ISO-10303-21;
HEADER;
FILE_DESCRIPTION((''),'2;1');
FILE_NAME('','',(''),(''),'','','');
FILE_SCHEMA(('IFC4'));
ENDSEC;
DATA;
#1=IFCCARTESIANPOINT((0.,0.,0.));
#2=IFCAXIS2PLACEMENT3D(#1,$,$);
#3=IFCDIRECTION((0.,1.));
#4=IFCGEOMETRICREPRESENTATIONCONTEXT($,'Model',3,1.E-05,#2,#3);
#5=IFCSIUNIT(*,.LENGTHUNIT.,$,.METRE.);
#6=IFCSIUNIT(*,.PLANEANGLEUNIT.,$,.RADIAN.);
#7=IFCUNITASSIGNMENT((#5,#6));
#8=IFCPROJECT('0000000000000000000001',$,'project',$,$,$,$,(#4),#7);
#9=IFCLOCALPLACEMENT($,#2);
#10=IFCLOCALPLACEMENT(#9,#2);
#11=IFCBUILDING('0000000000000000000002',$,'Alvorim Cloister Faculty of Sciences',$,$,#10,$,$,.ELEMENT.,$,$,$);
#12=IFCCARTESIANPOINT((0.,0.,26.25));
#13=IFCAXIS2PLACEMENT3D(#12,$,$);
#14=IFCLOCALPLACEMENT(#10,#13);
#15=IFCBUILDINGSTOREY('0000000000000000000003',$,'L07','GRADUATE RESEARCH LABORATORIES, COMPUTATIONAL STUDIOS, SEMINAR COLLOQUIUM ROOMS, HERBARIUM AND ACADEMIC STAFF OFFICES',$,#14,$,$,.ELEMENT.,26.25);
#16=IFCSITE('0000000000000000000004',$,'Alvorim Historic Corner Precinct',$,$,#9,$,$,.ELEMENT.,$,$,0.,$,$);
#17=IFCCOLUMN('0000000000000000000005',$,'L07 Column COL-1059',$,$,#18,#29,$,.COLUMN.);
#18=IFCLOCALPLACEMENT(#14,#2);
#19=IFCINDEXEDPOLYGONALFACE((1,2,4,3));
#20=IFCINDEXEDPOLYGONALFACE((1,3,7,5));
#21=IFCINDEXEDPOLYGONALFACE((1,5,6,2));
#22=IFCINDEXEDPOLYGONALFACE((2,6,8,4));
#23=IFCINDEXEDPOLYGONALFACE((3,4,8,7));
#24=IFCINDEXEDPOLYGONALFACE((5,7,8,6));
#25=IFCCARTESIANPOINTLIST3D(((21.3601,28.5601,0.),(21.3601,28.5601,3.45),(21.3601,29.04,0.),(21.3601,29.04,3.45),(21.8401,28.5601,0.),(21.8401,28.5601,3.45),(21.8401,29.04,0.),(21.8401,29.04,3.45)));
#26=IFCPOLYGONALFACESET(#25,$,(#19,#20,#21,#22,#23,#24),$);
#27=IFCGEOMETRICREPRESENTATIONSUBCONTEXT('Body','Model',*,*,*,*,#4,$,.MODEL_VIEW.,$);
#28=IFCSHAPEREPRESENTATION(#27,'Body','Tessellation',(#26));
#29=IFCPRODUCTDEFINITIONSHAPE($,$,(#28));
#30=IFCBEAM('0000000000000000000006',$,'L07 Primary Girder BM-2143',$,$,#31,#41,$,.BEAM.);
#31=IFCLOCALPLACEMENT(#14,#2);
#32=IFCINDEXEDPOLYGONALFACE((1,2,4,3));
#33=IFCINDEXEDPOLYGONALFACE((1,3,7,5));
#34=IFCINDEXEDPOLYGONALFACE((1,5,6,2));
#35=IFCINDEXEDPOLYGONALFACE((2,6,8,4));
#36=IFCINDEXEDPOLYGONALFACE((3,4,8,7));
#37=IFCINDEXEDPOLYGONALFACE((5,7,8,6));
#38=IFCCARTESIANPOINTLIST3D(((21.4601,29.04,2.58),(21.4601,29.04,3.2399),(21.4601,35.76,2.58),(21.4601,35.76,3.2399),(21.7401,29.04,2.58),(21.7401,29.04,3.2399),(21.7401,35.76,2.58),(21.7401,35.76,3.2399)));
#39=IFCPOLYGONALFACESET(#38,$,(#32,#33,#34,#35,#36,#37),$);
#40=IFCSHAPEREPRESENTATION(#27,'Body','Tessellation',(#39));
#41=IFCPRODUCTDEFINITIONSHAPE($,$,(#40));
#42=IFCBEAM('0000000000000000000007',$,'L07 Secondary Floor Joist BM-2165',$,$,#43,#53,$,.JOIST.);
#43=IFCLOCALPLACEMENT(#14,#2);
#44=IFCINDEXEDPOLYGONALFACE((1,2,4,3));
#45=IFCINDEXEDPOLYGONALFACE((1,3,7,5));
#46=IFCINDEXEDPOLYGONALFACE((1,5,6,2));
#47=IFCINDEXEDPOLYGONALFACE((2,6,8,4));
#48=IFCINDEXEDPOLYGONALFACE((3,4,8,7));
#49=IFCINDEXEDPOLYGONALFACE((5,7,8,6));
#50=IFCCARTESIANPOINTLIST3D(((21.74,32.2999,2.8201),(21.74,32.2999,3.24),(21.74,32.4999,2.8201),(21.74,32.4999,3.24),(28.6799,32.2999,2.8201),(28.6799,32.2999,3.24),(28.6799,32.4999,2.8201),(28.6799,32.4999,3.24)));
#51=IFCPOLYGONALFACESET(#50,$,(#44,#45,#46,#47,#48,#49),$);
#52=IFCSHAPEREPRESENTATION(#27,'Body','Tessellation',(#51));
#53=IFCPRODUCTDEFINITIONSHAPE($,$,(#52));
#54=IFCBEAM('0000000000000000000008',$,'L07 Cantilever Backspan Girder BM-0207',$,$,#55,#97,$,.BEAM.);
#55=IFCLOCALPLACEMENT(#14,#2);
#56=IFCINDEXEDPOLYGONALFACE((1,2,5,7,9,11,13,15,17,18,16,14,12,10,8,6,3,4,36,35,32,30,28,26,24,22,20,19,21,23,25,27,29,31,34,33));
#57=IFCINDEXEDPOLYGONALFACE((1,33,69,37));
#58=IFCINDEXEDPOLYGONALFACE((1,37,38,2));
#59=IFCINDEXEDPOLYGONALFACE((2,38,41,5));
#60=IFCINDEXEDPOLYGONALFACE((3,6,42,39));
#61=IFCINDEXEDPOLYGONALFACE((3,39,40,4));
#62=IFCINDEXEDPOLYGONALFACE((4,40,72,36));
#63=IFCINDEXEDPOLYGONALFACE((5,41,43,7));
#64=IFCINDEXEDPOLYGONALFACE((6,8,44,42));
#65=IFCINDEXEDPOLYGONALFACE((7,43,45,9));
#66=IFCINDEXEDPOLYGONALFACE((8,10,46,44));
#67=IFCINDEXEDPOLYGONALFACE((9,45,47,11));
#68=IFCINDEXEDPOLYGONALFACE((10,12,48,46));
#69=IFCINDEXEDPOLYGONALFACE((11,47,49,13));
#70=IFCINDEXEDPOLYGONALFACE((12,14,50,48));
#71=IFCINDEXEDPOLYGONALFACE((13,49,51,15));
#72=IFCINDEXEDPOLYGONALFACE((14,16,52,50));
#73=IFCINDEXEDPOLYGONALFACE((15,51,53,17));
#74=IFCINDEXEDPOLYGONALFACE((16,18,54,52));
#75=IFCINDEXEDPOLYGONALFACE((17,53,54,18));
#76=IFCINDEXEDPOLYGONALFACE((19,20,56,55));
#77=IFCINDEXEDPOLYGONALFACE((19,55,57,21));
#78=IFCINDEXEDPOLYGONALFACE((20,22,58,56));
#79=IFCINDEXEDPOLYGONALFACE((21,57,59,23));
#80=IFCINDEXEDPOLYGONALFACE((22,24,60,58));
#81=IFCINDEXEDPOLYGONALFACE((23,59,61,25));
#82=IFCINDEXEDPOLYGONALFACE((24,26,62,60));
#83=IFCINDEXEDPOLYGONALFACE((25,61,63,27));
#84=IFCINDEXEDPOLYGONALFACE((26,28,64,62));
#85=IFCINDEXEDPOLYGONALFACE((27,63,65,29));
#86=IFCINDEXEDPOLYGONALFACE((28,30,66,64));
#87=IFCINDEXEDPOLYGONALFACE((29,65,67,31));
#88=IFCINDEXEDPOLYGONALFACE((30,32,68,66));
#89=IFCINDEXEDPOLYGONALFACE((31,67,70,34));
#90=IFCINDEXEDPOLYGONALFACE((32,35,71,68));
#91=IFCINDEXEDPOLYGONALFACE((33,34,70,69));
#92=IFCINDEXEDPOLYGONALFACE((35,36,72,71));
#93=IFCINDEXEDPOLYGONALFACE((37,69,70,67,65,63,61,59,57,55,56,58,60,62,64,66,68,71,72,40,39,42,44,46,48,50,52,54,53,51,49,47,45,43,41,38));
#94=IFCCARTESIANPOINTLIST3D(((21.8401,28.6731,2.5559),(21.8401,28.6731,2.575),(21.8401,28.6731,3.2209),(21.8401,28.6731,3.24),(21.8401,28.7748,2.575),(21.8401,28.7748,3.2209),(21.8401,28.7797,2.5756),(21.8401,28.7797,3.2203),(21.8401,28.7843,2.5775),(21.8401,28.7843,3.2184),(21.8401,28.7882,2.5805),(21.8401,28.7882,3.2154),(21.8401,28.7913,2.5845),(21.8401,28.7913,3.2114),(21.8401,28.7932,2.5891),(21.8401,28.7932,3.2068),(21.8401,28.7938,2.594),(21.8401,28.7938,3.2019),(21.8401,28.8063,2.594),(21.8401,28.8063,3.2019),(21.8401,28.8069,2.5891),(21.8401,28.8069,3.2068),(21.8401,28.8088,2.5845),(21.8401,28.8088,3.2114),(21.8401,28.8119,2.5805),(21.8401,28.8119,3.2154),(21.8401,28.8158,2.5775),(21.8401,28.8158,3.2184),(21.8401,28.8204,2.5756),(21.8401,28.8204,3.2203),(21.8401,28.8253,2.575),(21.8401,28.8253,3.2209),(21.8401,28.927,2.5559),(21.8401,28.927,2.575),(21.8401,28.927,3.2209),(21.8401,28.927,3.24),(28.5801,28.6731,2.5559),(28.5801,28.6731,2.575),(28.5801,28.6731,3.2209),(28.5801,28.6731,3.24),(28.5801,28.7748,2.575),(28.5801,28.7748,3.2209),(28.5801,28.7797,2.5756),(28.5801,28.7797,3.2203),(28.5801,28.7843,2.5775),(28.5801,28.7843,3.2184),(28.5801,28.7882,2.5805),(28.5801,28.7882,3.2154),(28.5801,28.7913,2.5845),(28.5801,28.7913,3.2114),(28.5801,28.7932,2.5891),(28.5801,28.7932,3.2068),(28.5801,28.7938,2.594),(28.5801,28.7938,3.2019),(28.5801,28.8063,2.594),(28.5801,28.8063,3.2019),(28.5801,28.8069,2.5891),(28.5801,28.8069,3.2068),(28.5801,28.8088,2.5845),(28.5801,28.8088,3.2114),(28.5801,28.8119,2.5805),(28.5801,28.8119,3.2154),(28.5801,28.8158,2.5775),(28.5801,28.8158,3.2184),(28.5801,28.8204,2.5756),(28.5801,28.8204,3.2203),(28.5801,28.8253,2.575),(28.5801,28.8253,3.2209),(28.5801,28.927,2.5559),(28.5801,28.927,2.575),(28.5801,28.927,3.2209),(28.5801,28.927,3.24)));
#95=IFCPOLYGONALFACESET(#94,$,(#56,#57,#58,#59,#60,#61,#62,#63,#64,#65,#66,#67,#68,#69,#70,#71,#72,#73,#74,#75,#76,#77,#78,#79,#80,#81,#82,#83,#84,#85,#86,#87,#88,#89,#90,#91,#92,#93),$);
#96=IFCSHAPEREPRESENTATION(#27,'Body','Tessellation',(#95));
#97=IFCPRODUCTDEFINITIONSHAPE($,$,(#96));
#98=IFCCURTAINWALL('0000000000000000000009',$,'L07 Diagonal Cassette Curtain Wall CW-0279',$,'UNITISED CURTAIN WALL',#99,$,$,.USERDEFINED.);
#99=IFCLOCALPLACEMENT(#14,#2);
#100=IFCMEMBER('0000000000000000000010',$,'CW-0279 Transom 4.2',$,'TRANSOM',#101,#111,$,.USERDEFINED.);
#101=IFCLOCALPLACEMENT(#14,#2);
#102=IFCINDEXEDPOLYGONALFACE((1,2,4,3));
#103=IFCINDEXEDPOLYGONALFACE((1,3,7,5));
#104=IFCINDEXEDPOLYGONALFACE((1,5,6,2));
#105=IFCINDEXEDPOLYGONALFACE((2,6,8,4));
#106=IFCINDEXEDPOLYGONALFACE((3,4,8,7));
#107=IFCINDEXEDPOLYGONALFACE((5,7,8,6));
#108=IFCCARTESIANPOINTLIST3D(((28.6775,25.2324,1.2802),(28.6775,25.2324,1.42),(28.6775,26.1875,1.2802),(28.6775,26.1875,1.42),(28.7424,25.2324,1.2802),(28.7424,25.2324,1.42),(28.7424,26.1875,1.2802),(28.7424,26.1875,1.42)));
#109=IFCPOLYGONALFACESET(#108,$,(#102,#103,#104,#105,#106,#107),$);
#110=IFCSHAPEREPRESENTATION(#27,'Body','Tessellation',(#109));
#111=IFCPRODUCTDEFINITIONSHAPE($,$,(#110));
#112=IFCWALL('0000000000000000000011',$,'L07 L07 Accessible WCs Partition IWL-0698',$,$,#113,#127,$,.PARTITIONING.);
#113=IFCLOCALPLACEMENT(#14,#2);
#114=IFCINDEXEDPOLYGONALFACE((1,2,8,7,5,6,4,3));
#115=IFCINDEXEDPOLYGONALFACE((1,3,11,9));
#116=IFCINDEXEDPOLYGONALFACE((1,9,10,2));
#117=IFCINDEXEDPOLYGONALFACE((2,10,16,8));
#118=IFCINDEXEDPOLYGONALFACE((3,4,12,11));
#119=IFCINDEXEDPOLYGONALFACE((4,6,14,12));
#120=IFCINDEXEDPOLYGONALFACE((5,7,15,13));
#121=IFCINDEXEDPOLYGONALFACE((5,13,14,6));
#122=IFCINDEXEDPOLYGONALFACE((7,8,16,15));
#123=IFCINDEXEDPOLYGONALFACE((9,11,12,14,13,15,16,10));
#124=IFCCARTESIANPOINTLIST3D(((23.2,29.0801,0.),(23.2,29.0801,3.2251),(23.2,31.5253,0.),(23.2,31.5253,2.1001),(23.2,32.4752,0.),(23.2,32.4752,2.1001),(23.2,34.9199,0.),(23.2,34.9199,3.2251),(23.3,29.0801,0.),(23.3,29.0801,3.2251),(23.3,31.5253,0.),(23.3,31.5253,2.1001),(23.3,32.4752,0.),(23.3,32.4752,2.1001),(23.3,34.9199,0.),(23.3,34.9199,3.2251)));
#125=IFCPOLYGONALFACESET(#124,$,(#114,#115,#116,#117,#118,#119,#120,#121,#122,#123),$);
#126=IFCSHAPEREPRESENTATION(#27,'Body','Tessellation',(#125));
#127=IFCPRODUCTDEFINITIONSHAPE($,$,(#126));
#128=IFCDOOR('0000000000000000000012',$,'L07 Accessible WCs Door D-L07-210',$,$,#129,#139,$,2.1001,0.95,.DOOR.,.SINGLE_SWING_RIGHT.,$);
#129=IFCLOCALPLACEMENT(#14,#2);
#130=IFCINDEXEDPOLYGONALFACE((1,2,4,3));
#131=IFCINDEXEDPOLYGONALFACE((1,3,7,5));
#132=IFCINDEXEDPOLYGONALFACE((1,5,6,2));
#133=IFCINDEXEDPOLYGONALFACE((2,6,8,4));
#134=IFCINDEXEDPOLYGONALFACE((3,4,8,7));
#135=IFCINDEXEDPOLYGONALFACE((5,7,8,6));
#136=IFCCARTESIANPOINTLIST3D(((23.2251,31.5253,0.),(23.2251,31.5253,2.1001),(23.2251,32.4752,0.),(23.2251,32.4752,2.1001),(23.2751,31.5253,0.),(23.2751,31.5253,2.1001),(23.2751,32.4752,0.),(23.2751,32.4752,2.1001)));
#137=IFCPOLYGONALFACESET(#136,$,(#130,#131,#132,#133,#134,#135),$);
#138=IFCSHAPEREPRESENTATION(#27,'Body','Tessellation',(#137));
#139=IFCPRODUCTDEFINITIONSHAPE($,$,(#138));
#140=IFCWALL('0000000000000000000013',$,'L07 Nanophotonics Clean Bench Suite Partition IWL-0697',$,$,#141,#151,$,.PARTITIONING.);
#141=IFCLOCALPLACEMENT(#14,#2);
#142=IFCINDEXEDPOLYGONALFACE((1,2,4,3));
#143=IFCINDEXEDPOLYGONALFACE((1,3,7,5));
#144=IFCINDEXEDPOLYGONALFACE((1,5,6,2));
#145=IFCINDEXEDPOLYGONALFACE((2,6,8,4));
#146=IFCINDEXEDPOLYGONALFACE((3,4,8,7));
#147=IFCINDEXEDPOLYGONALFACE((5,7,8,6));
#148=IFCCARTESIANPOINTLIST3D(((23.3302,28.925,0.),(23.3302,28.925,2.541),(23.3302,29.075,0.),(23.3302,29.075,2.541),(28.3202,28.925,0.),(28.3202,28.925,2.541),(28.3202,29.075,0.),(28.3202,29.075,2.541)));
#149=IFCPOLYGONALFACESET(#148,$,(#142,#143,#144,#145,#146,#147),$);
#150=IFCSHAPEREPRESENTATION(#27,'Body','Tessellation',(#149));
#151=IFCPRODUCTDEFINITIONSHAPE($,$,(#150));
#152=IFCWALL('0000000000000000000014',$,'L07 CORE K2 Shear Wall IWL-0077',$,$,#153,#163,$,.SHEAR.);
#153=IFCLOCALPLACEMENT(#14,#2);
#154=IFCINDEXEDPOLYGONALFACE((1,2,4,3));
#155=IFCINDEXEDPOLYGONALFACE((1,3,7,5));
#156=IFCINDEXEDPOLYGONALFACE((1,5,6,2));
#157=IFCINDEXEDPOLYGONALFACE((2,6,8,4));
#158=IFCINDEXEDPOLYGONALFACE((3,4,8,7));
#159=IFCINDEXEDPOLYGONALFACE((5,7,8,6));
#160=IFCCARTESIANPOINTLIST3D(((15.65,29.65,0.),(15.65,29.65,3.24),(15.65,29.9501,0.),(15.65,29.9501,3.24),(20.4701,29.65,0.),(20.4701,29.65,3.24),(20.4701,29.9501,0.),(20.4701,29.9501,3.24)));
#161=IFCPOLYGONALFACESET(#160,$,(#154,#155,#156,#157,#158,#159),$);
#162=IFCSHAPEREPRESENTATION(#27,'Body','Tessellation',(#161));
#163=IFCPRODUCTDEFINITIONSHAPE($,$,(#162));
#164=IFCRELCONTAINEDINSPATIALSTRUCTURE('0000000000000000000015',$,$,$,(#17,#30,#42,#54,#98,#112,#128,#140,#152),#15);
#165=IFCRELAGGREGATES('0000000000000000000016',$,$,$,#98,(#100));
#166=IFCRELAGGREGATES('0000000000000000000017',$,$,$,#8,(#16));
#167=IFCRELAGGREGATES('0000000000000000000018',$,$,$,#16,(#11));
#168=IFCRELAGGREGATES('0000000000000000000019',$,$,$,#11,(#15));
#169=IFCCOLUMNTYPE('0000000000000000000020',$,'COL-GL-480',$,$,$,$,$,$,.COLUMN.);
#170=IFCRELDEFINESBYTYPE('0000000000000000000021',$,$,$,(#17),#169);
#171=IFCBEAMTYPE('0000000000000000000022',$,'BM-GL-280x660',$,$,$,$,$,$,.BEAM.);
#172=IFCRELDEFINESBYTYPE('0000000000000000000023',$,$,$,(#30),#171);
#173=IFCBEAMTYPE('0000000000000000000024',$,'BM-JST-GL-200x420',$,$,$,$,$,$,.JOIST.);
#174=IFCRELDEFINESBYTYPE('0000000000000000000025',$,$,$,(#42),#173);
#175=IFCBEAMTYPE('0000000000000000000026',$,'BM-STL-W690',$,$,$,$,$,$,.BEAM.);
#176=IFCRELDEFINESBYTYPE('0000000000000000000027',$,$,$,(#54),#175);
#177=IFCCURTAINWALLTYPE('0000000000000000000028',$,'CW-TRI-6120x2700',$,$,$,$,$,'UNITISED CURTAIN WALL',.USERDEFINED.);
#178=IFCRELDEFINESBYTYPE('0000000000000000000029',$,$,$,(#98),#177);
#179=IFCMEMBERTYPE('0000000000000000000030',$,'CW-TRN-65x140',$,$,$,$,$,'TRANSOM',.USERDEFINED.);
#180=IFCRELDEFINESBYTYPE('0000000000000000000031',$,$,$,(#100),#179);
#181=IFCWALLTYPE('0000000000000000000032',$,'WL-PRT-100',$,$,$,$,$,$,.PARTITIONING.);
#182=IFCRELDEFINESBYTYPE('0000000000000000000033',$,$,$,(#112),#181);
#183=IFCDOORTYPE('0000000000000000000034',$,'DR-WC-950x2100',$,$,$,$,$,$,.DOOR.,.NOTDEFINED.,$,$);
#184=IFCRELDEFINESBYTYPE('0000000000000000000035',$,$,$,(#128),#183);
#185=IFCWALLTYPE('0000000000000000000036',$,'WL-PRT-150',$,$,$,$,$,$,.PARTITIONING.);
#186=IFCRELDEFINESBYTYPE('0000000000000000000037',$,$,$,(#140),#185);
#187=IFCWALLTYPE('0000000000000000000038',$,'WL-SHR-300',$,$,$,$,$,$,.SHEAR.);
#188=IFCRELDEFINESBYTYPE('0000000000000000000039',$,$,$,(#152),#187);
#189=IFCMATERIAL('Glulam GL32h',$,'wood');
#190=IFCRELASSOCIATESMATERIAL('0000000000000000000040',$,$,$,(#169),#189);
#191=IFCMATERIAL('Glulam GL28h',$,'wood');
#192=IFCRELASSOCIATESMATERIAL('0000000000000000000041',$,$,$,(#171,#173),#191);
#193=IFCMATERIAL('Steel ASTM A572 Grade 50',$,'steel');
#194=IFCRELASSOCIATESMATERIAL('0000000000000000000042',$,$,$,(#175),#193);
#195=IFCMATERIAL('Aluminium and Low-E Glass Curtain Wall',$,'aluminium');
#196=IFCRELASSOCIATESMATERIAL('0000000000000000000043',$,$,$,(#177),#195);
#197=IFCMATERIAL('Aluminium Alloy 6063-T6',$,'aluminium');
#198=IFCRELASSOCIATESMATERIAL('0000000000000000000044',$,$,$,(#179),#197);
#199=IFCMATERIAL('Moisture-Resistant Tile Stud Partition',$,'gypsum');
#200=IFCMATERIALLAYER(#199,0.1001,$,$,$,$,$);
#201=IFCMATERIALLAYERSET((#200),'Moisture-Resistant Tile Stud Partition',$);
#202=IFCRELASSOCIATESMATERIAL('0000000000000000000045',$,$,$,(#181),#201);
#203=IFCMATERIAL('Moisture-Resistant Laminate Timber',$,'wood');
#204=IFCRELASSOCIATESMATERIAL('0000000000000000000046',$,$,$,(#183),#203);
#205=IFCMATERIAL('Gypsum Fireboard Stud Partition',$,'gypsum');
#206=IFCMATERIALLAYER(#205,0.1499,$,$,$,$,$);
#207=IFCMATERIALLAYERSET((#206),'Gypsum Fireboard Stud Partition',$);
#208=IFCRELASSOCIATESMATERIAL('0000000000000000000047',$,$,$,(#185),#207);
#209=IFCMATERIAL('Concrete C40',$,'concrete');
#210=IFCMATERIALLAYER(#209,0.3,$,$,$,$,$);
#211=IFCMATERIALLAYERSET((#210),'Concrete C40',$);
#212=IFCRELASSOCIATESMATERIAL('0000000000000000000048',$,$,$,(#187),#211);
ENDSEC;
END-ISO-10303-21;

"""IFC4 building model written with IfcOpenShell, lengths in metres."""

from ifc_helpers import new_model, si_unit, direction, frame, frame_2d, origin, origin_2d, place, context, subcontext, project, spatial, rectangle, i_section, extrude, material, layer, layer_set, material_profile, profile_set, type_object, element, fill, aggregate, save


model = new_model("IFC4")

# Units and contexts
model_context = context("Model", 3, precision=1e-05, world=origin(), true_north=direction((0.0, 1.0)))
body_context = subcontext(model_context, "Body", "Model", "MODEL_VIEW")
ifc_project = project(units=[si_unit("LENGTHUNIT", "METRE"), si_unit("PLANEANGLEUNIT", "RADIAN")], contexts=[model_context])

# Site, building, storey
site_placement = place(None, origin())
site = spatial("IfcSite", under=ifc_project, at=site_placement, Name="Alvorim Historic Corner Precinct", CompositionType="ELEMENT", RefElevation=0.0)
building_placement = place(site_placement, origin())
building = spatial("IfcBuilding", under=site, at=building_placement, Name="Alvorim Cloister Faculty of Sciences", CompositionType="ELEMENT")
storey_placement = place(building_placement, frame((0.0, 0.0, 26.25)))
storey = spatial("IfcBuildingStorey", under=building, at=storey_placement, Name="L07", Description="GRADUATE RESEARCH LABORATORIES, COMPUTATIONAL STUDIOS, SEMINAR COLLOQUIUM ROOMS, HERBARIUM AND ACADEMIC STAFF OFFICES", CompositionType="ELEMENT", Elevation=26.25)

# Column
ifc_material_1 = material(Name="Glulam GL32h", Category="wood")
ifc_material_profile_1 = material_profile(ifc_material_1, rectangle(XDim=0.48, YDim=0.48, at=origin_2d()), Name="GL32-COL-480x480")
ifc_profile_set_1 = profile_set([ifc_material_profile_1], Name="Glulam GL32h")
column_type = type_object("IfcColumnType", Name="COL-GL-480", PredefinedType="COLUMN", material=ifc_profile_set_1)
column_placement = place(storey_placement, frame((21.6001, 28.8, 0.0), z_axis=(0.0, 0.0, 1.0), x_axis=(1.0, 0.0, 0.0)))
element("IfcColumn", 1, at=column_placement, inside=storey, type_object=column_type, Name="L07 Column COL-1059", PredefinedType="COLUMN", context=body_context, shape_type="SweptSolid", body=[
    extrude(rectangle(XDim=0.48, YDim=0.48, at=origin_2d()), origin(), (0.0, 0.0, 1.0), 3.45),
])

# Beams
ifc_material_2 = material(Name="Glulam GL28h", Category="wood")
ifc_material_profile_2 = material_profile(ifc_material_2, rectangle(XDim=0.28, YDim=0.6599, at=origin_2d()), Name="GL28-BM-280x660")
ifc_profile_set_2 = profile_set([ifc_material_profile_2], Name="Glulam GL28h")
beam_type_1 = type_object("IfcBeamType", Name="BM-GL-280x660", PredefinedType="BEAM", material=ifc_profile_set_2)
beam_1_placement = place(storey_placement, frame((21.6001, 29.04, 2.9099), z_axis=(0.0, 1.0, 0.0), x_axis=(-1.0, 0.0, 0.0)))
element("IfcBeam", 2, at=beam_1_placement, inside=storey, type_object=beam_type_1, Name="L07 Primary Girder BM-2143", PredefinedType="BEAM", context=body_context, shape_type="SweptSolid", body=[
    extrude(rectangle(XDim=0.28, YDim=0.6599, at=origin_2d()), origin(), (0.0, 0.0, 1.0), 6.72),
])
ifc_material_profile_3 = material_profile(ifc_material_2, rectangle(XDim=0.2, YDim=0.4199, at=origin_2d()), Name="GL28-JST-200x420")
ifc_profile_set_3 = profile_set([ifc_material_profile_3], Name="Glulam GL28h")
beam_type_2 = type_object("IfcBeamType", Name="BM-JST-GL-200x420", PredefinedType="JOIST", material=ifc_profile_set_3)
beam_2_placement = place(storey_placement, frame((21.74, 32.3999, 3.03), z_axis=(1.0, 0.0, 0.0), x_axis=(0.0, 1.0, 0.0)))
element("IfcBeam", 3, at=beam_2_placement, inside=storey, type_object=beam_type_2, Name="L07 Secondary Floor Joist BM-2165", PredefinedType="JOIST", context=body_context, shape_type="SweptSolid", body=[
    extrude(rectangle(XDim=0.2, YDim=0.4199, at=origin_2d()), origin(), (0.0, 0.0, 1.0), 6.9399),
])
ifc_material_3 = material(Name="Steel ASTM A572 Grade 50", Category="steel")
ifc_material_profile_4 = material_profile(ifc_material_3, i_section(OverallWidth=0.2539, OverallDepth=0.6841, WebThickness=0.0125, FlangeThickness=0.019, FilletRadius=0.019, at=origin_2d()), Name="W690x140.0")
ifc_profile_set_4 = profile_set([ifc_material_profile_4], Name="Steel ASTM A572 Grade 50")
beam_type_3 = type_object("IfcBeamType", Name="BM-STL-W690", PredefinedType="BEAM", material=ifc_profile_set_4)
beam_3_placement = place(storey_placement, frame((21.8401, 28.8, 2.8979), z_axis=(1.0, 0.0, 0.0), x_axis=(0.0, 1.0, 0.0)))
element("IfcBeam", 4, at=beam_3_placement, inside=storey, type_object=beam_type_3, Name="L07 Cantilever Backspan Girder BM-0207", PredefinedType="BEAM", context=body_context, shape_type="SweptSolid", body=[
    extrude(i_section(OverallWidth=0.2539, OverallDepth=0.6841, WebThickness=0.0125, FlangeThickness=0.019, FilletRadius=0.019, at=origin_2d()), origin(), (0.0, 0.0, 1.0), 6.74),
])

# Curtain wall, member
ifc_material_4 = material(Name="Aluminium and Low-E Glass Curtain Wall", Category="aluminium")
curtain_wall_type = type_object("IfcCurtainWallType", Name="CW-TRI-6120x2700", ElementType="UNITISED CURTAIN WALL", PredefinedType="USERDEFINED", material=ifc_material_4)
curtain_wall_placement = place(storey_placement, origin())
curtain_wall = element("IfcCurtainWall", 5, at=curtain_wall_placement, inside=storey, type_object=curtain_wall_type, Name="L07 Diagonal Cassette Curtain Wall CW-0279", ObjectType="UNITISED CURTAIN WALL", PredefinedType="USERDEFINED")
ifc_material_5 = material(Name="Aluminium Alloy 6063-T6", Category="aluminium")
ifc_material_profile_5 = material_profile(ifc_material_5, rectangle(XDim=0.0649, YDim=0.1399, at=origin_2d()), Name="ALU-TRN-65x140")
ifc_profile_set_5 = profile_set([ifc_material_profile_5], Name="Aluminium Alloy 6063-T6")
member_type = type_object("IfcMemberType", Name="CW-TRN-65x140", ElementType="TRANSOM", PredefinedType="USERDEFINED", material=ifc_profile_set_5)
member_placement = place(storey_placement, frame((28.71, 25.2324, 1.3501), z_axis=(0.0, 1.0, 0.0), x_axis=(-1.0, 0.0, 0.0)))
member = element("IfcMember", 6, at=member_placement, type_object=member_type, Name="CW-0279 Transom 4.2", ObjectType="TRANSOM", PredefinedType="USERDEFINED", context=body_context, shape_type="SweptSolid", body=[
    extrude(rectangle(XDim=0.0649, YDim=0.1399, at=origin_2d()), origin(), (0.0, 0.0, 1.0), 0.9551),
])
aggregate(curtain_wall, [member])

# Wall, opening, door
ifc_material_6 = material(Name="Moisture-Resistant Tile Stud Partition", Category="gypsum")
ifc_layer_1 = layer(ifc_material_6, 0.1001)
ifc_layer_set_1 = layer_set([ifc_layer_1], Name="Moisture-Resistant Tile Stud Partition")
wall_type_1 = type_object("IfcWallType", Name="WL-PRT-100", PredefinedType="PARTITIONING", material=ifc_layer_set_1)
wall_1_placement = place(storey_placement, frame((23.25, 29.0801, 0.0), z_axis=(0.0, 0.0, 1.0), x_axis=(0.0, 1.0, 0.0)))
wall_1 = element("IfcWall", 7, at=wall_1_placement, inside=storey, type_object=wall_type_1, Name="L07 L07 Accessible WCs Partition IWL-0698", PredefinedType="PARTITIONING", context=body_context, shape_type="SweptSolid", body=[
    extrude(rectangle(XDim=5.8398, YDim=0.1001, at=frame_2d((2.9199, 0.0))), origin(), (0.0, 0.0, 1.0), 3.2251),
])
opening_1_placement = place(wall_1_placement, frame((2.4451, 0.0, 0.0)))
opening_1 = element("IfcOpeningElement", 8, at=opening_1_placement, cuts=wall_1, PredefinedType="OPENING", context=body_context, shape_type="SweptSolid", body=[
    extrude(rectangle(XDim=0.95, YDim=2.1001, at=frame_2d((0.4751, 1.05))), frame((0.0, 0.062, 0.0), z_axis=(0.0, -1.0, 0.0), x_axis=(1.0, 0.0, 0.0)), (0.0, 0.0, 1.0), 0.124),
])
ifc_material_7 = material(Name="Moisture-Resistant Laminate Timber", Category="wood")
door_type_1 = type_object("IfcDoorType", Name="DR-WC-950x2100", OperationType="NOTDEFINED", PredefinedType="DOOR", material=ifc_material_7)
door_1_placement = place(opening_1_placement, origin())
door_1 = element("IfcDoor", 9, at=door_1_placement, inside=storey, type_object=door_type_1, Name="L07 Accessible WCs Door D-L07-210", OperationType="SINGLE_SWING_RIGHT", OverallHeight=2.1001, OverallWidth=0.95, PredefinedType="DOOR", context=body_context, shape_type="SweptSolid", body=[
    extrude(rectangle(XDim=0.95, YDim=2.1001, at=frame_2d((0.4751, 1.05))), frame((0.0, 0.0249, 0.0), z_axis=(0.0, -1.0, 0.0), x_axis=(1.0, 0.0, 0.0)), (0.0, 0.0, 1.0), 0.05),
])
fill(opening_1, door_1)

# Walls
ifc_material_8 = material(Name="Gypsum Fireboard Stud Partition", Category="gypsum")
ifc_layer_2 = layer(ifc_material_8, 0.1499)
ifc_layer_set_2 = layer_set([ifc_layer_2], Name="Gypsum Fireboard Stud Partition")
wall_type_2 = type_object("IfcWallType", Name="WL-PRT-150", PredefinedType="PARTITIONING", material=ifc_layer_set_2)
wall_2_placement = place(storey_placement, frame((23.3301, 29.0, 0.0), z_axis=(0.0, 0.0, 1.0), x_axis=(1.0, 0.0, 0.0)))
element("IfcWall", 10, at=wall_2_placement, inside=storey, type_object=wall_type_2, Name="L07 Nanophotonics Clean Bench Suite Partition IWL-0697", PredefinedType="PARTITIONING", context=body_context, shape_type="SweptSolid", body=[
    extrude(rectangle(XDim=4.99, YDim=0.1499, at=frame_2d((2.4951, 0.0))), origin(), (0.0, 0.0, 1.0), 2.541),
])
ifc_material_9 = material(Name="Concrete C40", Category="concrete")
ifc_layer_3 = layer(ifc_material_9, 0.3)
ifc_layer_set_3 = layer_set([ifc_layer_3], Name="Concrete C40")
wall_type_3 = type_object("IfcWallType", Name="WL-SHR-300", PredefinedType="SHEAR", material=ifc_layer_set_3)
wall_3_placement = place(storey_placement, frame((15.6499, 29.8, 0.0), z_axis=(0.0, 0.0, 1.0), x_axis=(1.0, 0.0, 0.0)))
element("IfcWall", 11, at=wall_3_placement, inside=storey, type_object=wall_type_3, Name="L07 CORE K2 Shear Wall IWL-0077", PredefinedType="SHEAR", context=body_context, shape_type="SweptSolid", body=[
    extrude(rectangle(XDim=4.8201, YDim=0.3, at=frame_2d((2.4102, 0.0))), origin(), (0.0, 0.0, 1.0), 3.24),
])

save(model, "model.ifc")
